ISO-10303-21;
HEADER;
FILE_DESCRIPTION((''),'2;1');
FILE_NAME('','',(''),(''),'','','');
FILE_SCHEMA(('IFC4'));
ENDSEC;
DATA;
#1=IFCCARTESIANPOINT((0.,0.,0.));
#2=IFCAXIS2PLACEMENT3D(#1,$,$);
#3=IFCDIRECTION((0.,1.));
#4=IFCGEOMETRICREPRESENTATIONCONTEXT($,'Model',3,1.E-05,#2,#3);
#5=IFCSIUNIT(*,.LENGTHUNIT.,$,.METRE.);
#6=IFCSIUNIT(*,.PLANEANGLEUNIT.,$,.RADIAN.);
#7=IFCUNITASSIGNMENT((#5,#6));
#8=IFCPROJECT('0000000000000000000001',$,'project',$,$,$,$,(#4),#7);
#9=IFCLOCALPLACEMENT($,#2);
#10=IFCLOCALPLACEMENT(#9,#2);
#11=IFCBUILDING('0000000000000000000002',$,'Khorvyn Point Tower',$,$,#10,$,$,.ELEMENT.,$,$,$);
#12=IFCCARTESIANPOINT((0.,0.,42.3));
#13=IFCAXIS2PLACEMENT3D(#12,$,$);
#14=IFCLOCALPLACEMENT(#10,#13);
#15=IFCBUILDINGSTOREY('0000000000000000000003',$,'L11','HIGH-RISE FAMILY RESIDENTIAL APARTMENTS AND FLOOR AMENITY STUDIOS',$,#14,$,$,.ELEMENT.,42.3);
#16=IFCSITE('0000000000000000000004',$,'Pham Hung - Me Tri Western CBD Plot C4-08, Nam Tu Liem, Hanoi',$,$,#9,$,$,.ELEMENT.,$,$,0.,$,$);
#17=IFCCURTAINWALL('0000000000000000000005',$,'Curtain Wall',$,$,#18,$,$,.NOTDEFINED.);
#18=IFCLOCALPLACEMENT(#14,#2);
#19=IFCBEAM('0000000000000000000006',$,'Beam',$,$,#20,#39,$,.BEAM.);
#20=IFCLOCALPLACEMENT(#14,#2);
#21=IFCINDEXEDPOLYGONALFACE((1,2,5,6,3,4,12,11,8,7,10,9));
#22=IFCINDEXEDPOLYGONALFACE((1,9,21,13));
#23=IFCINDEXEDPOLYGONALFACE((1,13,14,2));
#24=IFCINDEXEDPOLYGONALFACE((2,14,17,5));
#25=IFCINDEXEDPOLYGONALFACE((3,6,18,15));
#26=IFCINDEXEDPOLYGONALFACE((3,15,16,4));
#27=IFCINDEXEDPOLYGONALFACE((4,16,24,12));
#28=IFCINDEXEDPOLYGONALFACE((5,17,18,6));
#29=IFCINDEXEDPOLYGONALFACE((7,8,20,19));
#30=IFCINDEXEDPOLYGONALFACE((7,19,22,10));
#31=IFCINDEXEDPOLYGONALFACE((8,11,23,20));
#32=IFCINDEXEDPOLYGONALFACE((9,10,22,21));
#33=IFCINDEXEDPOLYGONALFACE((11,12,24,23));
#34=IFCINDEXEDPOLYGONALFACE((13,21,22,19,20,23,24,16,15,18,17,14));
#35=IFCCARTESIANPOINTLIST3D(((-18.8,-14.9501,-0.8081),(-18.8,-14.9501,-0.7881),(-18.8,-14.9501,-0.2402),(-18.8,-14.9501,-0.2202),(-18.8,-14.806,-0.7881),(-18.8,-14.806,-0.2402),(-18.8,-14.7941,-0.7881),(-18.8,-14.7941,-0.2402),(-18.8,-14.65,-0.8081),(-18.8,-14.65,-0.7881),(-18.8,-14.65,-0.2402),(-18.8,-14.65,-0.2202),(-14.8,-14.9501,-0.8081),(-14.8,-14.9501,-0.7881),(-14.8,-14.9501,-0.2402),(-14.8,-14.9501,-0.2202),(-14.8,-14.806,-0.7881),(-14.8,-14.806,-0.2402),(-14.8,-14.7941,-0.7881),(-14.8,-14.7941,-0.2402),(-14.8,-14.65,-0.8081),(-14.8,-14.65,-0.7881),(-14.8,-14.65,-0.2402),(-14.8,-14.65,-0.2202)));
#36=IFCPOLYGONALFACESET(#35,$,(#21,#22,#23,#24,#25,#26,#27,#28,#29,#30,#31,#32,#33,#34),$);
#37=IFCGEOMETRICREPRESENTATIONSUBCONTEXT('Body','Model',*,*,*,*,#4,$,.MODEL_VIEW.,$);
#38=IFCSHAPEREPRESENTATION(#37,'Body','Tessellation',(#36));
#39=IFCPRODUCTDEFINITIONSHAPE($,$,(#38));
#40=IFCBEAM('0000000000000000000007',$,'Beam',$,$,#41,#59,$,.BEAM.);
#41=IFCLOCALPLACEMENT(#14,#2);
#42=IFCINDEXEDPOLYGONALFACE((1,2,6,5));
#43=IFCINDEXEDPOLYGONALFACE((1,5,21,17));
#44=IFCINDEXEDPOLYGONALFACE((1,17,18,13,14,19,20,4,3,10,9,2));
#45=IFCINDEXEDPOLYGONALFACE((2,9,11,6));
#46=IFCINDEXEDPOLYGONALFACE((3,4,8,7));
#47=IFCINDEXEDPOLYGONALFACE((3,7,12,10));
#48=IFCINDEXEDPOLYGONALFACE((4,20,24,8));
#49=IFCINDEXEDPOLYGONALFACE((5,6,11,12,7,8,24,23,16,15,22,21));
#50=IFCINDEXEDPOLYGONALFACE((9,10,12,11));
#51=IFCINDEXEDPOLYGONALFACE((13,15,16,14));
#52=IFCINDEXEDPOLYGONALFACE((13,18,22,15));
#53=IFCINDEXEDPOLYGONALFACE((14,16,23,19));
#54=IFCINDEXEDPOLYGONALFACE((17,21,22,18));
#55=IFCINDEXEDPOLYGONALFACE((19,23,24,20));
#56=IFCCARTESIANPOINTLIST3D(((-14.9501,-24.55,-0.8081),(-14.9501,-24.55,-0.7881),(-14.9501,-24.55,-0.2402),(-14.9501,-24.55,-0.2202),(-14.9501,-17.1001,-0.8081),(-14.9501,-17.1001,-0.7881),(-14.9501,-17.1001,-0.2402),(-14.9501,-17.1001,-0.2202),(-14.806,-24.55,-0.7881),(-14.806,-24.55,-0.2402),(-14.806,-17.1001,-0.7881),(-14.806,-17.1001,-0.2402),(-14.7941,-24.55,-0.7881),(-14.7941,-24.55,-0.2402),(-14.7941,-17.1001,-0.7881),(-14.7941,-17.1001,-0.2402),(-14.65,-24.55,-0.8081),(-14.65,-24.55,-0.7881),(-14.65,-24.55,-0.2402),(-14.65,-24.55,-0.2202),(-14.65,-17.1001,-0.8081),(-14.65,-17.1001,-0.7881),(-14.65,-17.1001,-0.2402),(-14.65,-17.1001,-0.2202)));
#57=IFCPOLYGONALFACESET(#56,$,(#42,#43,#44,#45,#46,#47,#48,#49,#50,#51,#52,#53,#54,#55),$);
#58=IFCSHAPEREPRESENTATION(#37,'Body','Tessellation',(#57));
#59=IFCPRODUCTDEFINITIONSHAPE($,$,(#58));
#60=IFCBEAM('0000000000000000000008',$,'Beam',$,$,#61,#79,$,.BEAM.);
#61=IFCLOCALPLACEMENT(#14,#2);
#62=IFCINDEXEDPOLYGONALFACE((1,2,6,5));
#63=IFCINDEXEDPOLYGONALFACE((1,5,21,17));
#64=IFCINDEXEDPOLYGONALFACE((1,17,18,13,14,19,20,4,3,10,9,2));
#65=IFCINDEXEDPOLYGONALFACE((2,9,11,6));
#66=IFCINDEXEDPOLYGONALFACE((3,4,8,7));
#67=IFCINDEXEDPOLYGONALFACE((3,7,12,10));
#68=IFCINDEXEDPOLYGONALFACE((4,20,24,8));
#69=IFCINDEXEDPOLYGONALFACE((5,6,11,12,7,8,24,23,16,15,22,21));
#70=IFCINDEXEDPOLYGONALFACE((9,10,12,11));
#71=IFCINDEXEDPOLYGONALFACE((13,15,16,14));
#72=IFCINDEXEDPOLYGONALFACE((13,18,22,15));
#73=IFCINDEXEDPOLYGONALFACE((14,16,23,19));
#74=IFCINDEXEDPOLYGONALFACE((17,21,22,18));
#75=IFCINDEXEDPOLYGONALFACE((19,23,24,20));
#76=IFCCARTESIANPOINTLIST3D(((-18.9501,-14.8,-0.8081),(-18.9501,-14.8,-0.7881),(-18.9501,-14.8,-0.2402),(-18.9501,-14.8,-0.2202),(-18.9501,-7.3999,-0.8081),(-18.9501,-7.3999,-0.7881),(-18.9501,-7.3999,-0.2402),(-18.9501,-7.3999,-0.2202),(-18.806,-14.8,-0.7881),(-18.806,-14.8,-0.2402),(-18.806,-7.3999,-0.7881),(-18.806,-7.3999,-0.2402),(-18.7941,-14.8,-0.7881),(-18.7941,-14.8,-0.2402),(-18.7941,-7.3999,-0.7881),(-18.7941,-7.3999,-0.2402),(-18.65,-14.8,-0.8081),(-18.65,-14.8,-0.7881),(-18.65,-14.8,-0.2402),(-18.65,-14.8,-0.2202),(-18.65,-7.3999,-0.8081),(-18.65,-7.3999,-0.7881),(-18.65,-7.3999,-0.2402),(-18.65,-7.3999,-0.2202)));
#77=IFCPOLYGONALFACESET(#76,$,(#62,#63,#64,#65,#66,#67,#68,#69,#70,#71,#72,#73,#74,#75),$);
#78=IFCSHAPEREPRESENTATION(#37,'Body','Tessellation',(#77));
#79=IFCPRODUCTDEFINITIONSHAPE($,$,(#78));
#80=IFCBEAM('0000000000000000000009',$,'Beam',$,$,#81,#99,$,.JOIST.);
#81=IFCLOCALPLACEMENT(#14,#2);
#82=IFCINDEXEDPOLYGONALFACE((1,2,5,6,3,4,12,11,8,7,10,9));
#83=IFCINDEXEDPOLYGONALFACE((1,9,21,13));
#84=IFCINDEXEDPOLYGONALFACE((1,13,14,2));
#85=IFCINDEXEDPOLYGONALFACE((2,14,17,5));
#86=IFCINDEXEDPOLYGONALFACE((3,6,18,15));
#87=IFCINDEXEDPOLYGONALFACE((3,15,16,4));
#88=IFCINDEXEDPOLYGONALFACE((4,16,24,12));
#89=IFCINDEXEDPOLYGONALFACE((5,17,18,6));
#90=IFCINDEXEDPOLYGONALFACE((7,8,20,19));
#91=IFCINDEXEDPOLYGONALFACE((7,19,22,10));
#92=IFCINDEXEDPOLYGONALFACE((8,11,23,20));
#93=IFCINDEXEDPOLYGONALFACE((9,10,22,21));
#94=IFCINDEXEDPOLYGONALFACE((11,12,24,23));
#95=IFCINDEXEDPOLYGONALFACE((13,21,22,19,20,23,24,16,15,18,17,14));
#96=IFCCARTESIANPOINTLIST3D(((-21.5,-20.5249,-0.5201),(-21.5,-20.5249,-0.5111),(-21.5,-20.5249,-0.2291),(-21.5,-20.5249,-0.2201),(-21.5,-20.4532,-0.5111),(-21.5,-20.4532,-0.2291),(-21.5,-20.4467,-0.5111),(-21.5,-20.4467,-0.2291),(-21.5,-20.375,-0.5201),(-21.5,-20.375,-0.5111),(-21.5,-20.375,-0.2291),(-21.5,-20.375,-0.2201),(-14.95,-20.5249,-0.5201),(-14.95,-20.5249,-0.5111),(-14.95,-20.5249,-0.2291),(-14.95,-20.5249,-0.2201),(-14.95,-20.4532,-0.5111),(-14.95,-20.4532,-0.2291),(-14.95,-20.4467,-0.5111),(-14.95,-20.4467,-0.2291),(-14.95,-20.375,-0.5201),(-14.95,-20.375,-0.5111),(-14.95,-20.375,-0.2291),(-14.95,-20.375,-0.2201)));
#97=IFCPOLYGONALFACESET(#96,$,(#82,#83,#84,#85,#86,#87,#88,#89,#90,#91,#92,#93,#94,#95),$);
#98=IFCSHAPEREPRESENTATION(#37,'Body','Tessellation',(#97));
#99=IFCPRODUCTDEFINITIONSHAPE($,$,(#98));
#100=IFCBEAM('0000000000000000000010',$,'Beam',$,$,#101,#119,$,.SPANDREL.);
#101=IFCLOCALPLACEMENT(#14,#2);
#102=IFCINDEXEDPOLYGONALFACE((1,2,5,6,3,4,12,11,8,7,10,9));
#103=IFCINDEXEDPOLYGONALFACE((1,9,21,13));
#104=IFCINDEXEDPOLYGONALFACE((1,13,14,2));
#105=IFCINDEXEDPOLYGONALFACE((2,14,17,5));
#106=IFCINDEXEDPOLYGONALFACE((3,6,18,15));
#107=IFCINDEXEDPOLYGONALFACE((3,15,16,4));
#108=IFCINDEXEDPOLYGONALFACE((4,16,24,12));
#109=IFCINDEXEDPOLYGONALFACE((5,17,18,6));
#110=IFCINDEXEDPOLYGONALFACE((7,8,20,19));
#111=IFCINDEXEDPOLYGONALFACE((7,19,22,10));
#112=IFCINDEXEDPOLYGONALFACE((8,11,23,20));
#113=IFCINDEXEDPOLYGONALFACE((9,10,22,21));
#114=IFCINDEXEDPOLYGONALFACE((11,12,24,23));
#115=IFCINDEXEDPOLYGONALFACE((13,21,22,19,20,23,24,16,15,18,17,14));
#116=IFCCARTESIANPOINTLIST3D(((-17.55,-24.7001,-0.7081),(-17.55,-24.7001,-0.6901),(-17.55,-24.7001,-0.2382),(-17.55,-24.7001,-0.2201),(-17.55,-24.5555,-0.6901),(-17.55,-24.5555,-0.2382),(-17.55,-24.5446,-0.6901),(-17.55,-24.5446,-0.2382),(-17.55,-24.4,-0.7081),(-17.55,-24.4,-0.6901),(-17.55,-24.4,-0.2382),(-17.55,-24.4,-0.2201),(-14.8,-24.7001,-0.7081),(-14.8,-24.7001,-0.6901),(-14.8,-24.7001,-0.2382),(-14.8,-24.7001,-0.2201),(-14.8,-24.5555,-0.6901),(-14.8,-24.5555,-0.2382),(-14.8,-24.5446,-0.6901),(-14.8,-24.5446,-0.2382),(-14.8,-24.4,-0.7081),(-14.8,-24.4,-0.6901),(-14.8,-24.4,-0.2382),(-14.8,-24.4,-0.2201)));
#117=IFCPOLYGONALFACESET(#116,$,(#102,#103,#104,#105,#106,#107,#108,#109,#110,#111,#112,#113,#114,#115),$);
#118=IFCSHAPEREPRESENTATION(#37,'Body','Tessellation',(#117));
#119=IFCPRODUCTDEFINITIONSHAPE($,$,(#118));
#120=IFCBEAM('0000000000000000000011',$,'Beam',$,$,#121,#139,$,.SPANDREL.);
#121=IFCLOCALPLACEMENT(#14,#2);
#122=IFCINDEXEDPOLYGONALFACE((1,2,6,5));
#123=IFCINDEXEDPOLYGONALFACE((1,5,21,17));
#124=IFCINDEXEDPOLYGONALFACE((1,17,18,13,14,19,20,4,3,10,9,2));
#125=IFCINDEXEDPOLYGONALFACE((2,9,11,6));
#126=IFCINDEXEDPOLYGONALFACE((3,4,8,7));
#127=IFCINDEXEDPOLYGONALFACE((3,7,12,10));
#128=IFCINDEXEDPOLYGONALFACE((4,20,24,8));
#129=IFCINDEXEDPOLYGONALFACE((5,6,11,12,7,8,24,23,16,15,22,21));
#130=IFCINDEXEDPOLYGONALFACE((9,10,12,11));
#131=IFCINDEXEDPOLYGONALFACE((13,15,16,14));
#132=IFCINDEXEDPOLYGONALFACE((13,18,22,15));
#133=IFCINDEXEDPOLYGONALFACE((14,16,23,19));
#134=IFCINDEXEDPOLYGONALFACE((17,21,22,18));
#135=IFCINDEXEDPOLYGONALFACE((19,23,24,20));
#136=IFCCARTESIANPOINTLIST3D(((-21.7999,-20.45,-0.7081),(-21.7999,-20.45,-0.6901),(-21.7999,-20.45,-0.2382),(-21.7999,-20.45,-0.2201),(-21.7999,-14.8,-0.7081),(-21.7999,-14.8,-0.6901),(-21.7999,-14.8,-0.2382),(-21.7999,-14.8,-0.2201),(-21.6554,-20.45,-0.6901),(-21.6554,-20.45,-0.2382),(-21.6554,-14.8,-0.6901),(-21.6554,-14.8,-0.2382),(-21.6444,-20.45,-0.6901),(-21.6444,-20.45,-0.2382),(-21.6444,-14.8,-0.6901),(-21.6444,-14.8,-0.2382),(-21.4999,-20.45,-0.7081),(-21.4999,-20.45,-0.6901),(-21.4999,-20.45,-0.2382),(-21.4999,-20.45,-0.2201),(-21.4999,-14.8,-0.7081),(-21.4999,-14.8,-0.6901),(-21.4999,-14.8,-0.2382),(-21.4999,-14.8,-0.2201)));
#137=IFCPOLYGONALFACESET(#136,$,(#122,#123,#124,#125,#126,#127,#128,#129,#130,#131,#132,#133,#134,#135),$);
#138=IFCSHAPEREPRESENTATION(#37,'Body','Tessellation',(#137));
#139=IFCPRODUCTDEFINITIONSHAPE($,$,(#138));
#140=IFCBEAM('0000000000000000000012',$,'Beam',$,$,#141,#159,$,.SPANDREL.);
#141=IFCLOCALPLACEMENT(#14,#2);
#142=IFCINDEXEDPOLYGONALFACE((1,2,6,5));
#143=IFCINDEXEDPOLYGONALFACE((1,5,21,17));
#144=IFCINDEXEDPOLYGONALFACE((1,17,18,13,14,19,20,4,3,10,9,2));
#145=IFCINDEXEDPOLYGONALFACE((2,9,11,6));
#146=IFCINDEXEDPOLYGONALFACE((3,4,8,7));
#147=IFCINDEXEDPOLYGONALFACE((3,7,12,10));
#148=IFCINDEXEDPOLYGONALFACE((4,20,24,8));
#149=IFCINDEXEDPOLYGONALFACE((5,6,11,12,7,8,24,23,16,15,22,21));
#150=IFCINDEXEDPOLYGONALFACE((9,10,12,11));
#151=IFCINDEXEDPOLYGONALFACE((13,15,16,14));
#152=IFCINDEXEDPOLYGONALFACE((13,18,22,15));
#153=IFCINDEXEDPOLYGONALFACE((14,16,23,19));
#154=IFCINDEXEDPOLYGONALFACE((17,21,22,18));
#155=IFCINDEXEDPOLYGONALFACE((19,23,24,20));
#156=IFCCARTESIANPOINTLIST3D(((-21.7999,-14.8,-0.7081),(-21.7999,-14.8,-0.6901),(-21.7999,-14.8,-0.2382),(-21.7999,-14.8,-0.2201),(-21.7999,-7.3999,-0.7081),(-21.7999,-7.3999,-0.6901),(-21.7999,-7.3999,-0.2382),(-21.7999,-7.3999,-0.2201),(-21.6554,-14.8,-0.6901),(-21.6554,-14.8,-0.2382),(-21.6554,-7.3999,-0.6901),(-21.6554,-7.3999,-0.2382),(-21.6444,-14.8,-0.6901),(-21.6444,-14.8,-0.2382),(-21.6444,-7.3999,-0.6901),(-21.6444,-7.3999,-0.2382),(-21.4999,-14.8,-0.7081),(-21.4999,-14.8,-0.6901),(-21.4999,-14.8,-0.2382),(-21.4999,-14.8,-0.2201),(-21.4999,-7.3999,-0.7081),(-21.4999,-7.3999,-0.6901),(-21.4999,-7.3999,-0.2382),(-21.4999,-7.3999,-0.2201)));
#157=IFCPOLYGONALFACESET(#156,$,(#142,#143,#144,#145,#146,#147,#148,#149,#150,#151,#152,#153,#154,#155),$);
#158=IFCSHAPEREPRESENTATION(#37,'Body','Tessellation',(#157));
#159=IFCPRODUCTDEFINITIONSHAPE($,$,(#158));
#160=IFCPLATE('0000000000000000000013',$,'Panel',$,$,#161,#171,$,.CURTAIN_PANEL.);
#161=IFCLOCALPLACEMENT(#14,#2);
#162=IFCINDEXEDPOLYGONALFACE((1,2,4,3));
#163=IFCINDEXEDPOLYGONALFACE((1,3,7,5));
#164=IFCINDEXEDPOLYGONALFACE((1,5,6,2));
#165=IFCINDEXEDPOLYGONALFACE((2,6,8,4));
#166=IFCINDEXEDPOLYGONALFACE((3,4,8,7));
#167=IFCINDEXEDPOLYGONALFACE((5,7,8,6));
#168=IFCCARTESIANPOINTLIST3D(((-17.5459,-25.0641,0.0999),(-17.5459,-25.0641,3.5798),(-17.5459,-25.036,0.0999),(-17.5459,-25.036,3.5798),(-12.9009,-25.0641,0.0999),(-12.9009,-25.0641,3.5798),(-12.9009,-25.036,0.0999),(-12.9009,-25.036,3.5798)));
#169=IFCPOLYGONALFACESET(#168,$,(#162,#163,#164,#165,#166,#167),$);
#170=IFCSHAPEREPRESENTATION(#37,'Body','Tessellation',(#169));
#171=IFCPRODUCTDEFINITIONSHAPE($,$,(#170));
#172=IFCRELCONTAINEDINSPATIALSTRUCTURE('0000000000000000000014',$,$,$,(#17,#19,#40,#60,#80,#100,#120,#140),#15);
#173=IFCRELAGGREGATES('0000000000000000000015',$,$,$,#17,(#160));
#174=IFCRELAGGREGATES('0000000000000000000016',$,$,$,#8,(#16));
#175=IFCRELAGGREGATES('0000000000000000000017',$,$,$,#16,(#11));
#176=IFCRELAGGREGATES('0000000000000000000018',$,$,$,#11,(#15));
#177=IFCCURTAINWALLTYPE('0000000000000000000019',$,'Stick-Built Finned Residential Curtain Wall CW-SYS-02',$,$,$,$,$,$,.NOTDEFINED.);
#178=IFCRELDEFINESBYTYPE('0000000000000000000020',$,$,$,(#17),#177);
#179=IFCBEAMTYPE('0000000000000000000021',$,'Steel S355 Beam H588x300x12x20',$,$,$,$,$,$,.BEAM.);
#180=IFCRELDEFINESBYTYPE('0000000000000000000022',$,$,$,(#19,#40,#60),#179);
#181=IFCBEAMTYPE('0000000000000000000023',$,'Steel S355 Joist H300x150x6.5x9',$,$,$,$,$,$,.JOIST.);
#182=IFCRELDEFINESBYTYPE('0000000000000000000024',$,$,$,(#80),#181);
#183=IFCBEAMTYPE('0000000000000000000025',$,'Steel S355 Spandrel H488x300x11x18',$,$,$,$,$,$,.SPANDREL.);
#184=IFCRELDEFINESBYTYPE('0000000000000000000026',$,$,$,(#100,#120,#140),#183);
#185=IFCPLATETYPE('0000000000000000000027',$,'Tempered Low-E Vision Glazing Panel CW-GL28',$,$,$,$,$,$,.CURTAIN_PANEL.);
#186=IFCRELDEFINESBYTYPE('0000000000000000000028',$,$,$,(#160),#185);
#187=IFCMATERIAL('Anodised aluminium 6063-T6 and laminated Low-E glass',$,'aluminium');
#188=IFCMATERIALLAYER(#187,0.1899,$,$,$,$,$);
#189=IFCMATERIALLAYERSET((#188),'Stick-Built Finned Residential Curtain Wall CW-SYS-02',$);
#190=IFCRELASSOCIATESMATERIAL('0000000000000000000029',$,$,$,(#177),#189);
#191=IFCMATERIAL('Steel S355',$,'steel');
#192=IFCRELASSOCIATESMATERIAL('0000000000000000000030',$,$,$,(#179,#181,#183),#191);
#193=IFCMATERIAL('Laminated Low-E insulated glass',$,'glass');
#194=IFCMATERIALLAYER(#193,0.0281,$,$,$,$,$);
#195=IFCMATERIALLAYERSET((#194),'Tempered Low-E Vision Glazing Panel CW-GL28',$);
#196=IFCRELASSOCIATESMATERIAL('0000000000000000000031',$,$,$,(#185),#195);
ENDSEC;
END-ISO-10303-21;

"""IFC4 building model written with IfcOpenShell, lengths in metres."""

from ifc_helpers import new_model, si_unit, direction, frame, origin, origin_2d, place, context, subcontext, project, spatial, rectangle, i_section, extrude, material, layer, layer_set, material_profile, profile_set, type_object, element, aggregate, save


model = new_model("IFC4")

# Units and contexts
model_context = context("Model", 3, precision=1e-05, world=origin(), true_north=direction((0.0, 1.0)))
body_context = subcontext(model_context, "Body", "Model", "MODEL_VIEW")
ifc_project = project(units=[si_unit("LENGTHUNIT", "METRE"), si_unit("PLANEANGLEUNIT", "RADIAN")], contexts=[model_context])

# Site, building, storey
site_placement = place(None, origin())
site = spatial("IfcSite", under=ifc_project, at=site_placement, Name="Pham Hung - Me Tri Western CBD Plot C4-08, Nam Tu Liem, Hanoi", CompositionType="ELEMENT", RefElevation=0.0)
building_placement = place(site_placement, origin())
building = spatial("IfcBuilding", under=site, at=building_placement, Name="Khorvyn Point Tower", CompositionType="ELEMENT")
storey_placement = place(building_placement, frame((0.0, 0.0, 42.3)))
storey = spatial("IfcBuildingStorey", under=building, at=storey_placement, Name="L11", Description="HIGH-RISE FAMILY RESIDENTIAL APARTMENTS AND FLOOR AMENITY STUDIOS", CompositionType="ELEMENT", Elevation=42.3)

# Curtain wall
ifc_material_1 = material(Name="Anodised aluminium 6063-T6 and laminated Low-E glass", Category="aluminium")
ifc_layer_1 = layer(ifc_material_1, 0.1899)
ifc_layer_set_1 = layer_set([ifc_layer_1], Name="Stick-Built Finned Residential Curtain Wall CW-SYS-02")
curtain_wall_type = type_object("IfcCurtainWallType", Name="Stick-Built Finned Residential Curtain Wall CW-SYS-02", PredefinedType="NOTDEFINED", material=ifc_layer_set_1)
curtain_wall_1_placement = place(storey_placement, origin())
curtain_wall_1 = element("IfcCurtainWall", 1, at=curtain_wall_1_placement, inside=storey, type_object=curtain_wall_type, Name="Curtain Wall", PredefinedType="NOTDEFINED")

# Beams
ifc_material_2 = material(Name="Steel S355", Category="steel")
ifc_material_profile_1 = material_profile(ifc_material_2, i_section(OverallWidth=0.3, OverallDepth=0.5879, WebThickness=0.012, FlangeThickness=0.02, at=origin_2d()))
ifc_profile_set_1 = profile_set([ifc_material_profile_1], Name="Steel S355 H588x300x12x20")
beam_type_1 = type_object("IfcBeamType", Name="Steel S355 Beam H588x300x12x20", PredefinedType="BEAM", material=ifc_profile_set_1)
beam_1_placement = place(storey_placement, frame((-18.8, -14.8, -0.5142), z_axis=(1.0, 0.0, 0.0), x_axis=(0.0, 1.0, 0.0)))
element("IfcBeam", 2, at=beam_1_placement, inside=storey, type_object=beam_type_1, Name="Beam", PredefinedType="BEAM", context=body_context, shape_type="SweptSolid", body=[
    extrude(i_section(OverallWidth=0.3, OverallDepth=0.5879, WebThickness=0.012, FlangeThickness=0.02, at=origin_2d()), origin(), (0.0, 0.0, 1.0), 4.0),
])
beam_2_placement = place(storey_placement, frame((-14.8, -24.55, -0.5142), z_axis=(0.0, 1.0, 0.0), x_axis=(-1.0, 0.0, 0.0)))
element("IfcBeam", 3, at=beam_2_placement, inside=storey, type_object=beam_type_1, Name="Beam", PredefinedType="BEAM", context=body_context, shape_type="SweptSolid", body=[
    extrude(i_section(OverallWidth=0.3, OverallDepth=0.5879, WebThickness=0.012, FlangeThickness=0.02, at=origin_2d()), origin(), (0.0, 0.0, 1.0), 7.45),
])
beam_3_placement = place(storey_placement, frame((-18.8, -14.8, -0.5142), z_axis=(0.0, 1.0, 0.0), x_axis=(-1.0, 0.0, 0.0)))
element("IfcBeam", 4, at=beam_3_placement, inside=storey, type_object=beam_type_1, Name="Beam", PredefinedType="BEAM", context=body_context, shape_type="SweptSolid", body=[
    extrude(i_section(OverallWidth=0.3, OverallDepth=0.5879, WebThickness=0.012, FlangeThickness=0.02, at=origin_2d()), origin(), (0.0, 0.0, 1.0), 7.4001),
])
ifc_material_profile_2 = material_profile(ifc_material_2, i_section(OverallWidth=0.1499, OverallDepth=0.3, WebThickness=0.0066, FlangeThickness=0.009, at=origin_2d()))
ifc_profile_set_2 = profile_set([ifc_material_profile_2], Name="Steel S355 H300x150x6.5x9")
beam_type_2 = type_object("IfcBeamType", Name="Steel S355 Joist H300x150x6.5x9", PredefinedType="JOIST", material=ifc_profile_set_2)
beam_4_placement = place(storey_placement, frame((-21.5, -20.45, -0.3701), z_axis=(1.0, 0.0, 0.0), x_axis=(0.0, 1.0, 0.0)))
element("IfcBeam", 5, at=beam_4_placement, inside=storey, type_object=beam_type_2, Name="Beam", PredefinedType="JOIST", context=body_context, shape_type="SweptSolid", body=[
    extrude(i_section(OverallWidth=0.1499, OverallDepth=0.3, WebThickness=0.0066, FlangeThickness=0.009, at=origin_2d()), origin(), (0.0, 0.0, 1.0), 6.55),
])
ifc_material_profile_3 = material_profile(ifc_material_2, i_section(OverallWidth=0.3, OverallDepth=0.488, WebThickness=0.011, FlangeThickness=0.0181, at=origin_2d()))
ifc_profile_set_3 = profile_set([ifc_material_profile_3], Name="Steel S355 H488x300x11x18")
beam_type_3 = type_object("IfcBeamType", Name="Steel S355 Spandrel H488x300x11x18", PredefinedType="SPANDREL", material=ifc_profile_set_3)
beam_5_placement = place(storey_placement, frame((-17.55, -24.55, -0.4641), z_axis=(1.0, 0.0, 0.0), x_axis=(0.0, 1.0, 0.0)))
element("IfcBeam", 6, at=beam_5_placement, inside=storey, type_object=beam_type_3, Name="Beam", PredefinedType="SPANDREL", context=body_context, shape_type="SweptSolid", body=[
    extrude(i_section(OverallWidth=0.3, OverallDepth=0.488, WebThickness=0.011, FlangeThickness=0.0181, at=origin_2d()), origin(), (0.0, 0.0, 1.0), 2.75),
])
beam_6_placement = place(storey_placement, frame((-21.6499, -20.45, -0.4641), z_axis=(0.0, 1.0, 0.0), x_axis=(-1.0, 0.0, 0.0)))
element("IfcBeam", 7, at=beam_6_placement, inside=storey, type_object=beam_type_3, Name="Beam", PredefinedType="SPANDREL", context=body_context, shape_type="SweptSolid", body=[
    extrude(i_section(OverallWidth=0.3, OverallDepth=0.488, WebThickness=0.011, FlangeThickness=0.0181, at=origin_2d()), origin(), (0.0, 0.0, 1.0), 5.6499),
])
beam_7_placement = place(storey_placement, frame((-21.6499, -14.8, -0.4641), z_axis=(0.0, 1.0, 0.0), x_axis=(-1.0, 0.0, 0.0)))
element("IfcBeam", 8, at=beam_7_placement, inside=storey, type_object=beam_type_3, Name="Beam", PredefinedType="SPANDREL", context=body_context, shape_type="SweptSolid", body=[
    extrude(i_section(OverallWidth=0.3, OverallDepth=0.488, WebThickness=0.011, FlangeThickness=0.0181, at=origin_2d()), origin(), (0.0, 0.0, 1.0), 7.4001),
])

# Plate
ifc_material_3 = material(Name="Laminated Low-E insulated glass", Category="glass")
ifc_layer_2 = layer(ifc_material_3, 0.0281)
ifc_layer_set_2 = layer_set([ifc_layer_2], Name="Tempered Low-E Vision Glazing Panel CW-GL28")
plate_type = type_object("IfcPlateType", Name="Tempered Low-E Vision Glazing Panel CW-GL28", PredefinedType="CURTAIN_PANEL", material=ifc_layer_set_2)
plate_placement = place(storey_placement, frame((-15.2234, -25.05, 0.0999), z_axis=(0.0, 0.0, 1.0), x_axis=(-1.0, 0.0, 0.0)))
plate = element("IfcPlate", 9, at=plate_placement, type_object=plate_type, Name="Panel", PredefinedType="CURTAIN_PANEL", context=body_context, shape_type="SweptSolid", body=[
    extrude(rectangle(XDim=4.645, YDim=0.0281, at=origin_2d()), origin(), (0.0, 0.0, 1.0), 3.48),
])
aggregate(curtain_wall_1, [plate])

save(model, "model.ifc")
